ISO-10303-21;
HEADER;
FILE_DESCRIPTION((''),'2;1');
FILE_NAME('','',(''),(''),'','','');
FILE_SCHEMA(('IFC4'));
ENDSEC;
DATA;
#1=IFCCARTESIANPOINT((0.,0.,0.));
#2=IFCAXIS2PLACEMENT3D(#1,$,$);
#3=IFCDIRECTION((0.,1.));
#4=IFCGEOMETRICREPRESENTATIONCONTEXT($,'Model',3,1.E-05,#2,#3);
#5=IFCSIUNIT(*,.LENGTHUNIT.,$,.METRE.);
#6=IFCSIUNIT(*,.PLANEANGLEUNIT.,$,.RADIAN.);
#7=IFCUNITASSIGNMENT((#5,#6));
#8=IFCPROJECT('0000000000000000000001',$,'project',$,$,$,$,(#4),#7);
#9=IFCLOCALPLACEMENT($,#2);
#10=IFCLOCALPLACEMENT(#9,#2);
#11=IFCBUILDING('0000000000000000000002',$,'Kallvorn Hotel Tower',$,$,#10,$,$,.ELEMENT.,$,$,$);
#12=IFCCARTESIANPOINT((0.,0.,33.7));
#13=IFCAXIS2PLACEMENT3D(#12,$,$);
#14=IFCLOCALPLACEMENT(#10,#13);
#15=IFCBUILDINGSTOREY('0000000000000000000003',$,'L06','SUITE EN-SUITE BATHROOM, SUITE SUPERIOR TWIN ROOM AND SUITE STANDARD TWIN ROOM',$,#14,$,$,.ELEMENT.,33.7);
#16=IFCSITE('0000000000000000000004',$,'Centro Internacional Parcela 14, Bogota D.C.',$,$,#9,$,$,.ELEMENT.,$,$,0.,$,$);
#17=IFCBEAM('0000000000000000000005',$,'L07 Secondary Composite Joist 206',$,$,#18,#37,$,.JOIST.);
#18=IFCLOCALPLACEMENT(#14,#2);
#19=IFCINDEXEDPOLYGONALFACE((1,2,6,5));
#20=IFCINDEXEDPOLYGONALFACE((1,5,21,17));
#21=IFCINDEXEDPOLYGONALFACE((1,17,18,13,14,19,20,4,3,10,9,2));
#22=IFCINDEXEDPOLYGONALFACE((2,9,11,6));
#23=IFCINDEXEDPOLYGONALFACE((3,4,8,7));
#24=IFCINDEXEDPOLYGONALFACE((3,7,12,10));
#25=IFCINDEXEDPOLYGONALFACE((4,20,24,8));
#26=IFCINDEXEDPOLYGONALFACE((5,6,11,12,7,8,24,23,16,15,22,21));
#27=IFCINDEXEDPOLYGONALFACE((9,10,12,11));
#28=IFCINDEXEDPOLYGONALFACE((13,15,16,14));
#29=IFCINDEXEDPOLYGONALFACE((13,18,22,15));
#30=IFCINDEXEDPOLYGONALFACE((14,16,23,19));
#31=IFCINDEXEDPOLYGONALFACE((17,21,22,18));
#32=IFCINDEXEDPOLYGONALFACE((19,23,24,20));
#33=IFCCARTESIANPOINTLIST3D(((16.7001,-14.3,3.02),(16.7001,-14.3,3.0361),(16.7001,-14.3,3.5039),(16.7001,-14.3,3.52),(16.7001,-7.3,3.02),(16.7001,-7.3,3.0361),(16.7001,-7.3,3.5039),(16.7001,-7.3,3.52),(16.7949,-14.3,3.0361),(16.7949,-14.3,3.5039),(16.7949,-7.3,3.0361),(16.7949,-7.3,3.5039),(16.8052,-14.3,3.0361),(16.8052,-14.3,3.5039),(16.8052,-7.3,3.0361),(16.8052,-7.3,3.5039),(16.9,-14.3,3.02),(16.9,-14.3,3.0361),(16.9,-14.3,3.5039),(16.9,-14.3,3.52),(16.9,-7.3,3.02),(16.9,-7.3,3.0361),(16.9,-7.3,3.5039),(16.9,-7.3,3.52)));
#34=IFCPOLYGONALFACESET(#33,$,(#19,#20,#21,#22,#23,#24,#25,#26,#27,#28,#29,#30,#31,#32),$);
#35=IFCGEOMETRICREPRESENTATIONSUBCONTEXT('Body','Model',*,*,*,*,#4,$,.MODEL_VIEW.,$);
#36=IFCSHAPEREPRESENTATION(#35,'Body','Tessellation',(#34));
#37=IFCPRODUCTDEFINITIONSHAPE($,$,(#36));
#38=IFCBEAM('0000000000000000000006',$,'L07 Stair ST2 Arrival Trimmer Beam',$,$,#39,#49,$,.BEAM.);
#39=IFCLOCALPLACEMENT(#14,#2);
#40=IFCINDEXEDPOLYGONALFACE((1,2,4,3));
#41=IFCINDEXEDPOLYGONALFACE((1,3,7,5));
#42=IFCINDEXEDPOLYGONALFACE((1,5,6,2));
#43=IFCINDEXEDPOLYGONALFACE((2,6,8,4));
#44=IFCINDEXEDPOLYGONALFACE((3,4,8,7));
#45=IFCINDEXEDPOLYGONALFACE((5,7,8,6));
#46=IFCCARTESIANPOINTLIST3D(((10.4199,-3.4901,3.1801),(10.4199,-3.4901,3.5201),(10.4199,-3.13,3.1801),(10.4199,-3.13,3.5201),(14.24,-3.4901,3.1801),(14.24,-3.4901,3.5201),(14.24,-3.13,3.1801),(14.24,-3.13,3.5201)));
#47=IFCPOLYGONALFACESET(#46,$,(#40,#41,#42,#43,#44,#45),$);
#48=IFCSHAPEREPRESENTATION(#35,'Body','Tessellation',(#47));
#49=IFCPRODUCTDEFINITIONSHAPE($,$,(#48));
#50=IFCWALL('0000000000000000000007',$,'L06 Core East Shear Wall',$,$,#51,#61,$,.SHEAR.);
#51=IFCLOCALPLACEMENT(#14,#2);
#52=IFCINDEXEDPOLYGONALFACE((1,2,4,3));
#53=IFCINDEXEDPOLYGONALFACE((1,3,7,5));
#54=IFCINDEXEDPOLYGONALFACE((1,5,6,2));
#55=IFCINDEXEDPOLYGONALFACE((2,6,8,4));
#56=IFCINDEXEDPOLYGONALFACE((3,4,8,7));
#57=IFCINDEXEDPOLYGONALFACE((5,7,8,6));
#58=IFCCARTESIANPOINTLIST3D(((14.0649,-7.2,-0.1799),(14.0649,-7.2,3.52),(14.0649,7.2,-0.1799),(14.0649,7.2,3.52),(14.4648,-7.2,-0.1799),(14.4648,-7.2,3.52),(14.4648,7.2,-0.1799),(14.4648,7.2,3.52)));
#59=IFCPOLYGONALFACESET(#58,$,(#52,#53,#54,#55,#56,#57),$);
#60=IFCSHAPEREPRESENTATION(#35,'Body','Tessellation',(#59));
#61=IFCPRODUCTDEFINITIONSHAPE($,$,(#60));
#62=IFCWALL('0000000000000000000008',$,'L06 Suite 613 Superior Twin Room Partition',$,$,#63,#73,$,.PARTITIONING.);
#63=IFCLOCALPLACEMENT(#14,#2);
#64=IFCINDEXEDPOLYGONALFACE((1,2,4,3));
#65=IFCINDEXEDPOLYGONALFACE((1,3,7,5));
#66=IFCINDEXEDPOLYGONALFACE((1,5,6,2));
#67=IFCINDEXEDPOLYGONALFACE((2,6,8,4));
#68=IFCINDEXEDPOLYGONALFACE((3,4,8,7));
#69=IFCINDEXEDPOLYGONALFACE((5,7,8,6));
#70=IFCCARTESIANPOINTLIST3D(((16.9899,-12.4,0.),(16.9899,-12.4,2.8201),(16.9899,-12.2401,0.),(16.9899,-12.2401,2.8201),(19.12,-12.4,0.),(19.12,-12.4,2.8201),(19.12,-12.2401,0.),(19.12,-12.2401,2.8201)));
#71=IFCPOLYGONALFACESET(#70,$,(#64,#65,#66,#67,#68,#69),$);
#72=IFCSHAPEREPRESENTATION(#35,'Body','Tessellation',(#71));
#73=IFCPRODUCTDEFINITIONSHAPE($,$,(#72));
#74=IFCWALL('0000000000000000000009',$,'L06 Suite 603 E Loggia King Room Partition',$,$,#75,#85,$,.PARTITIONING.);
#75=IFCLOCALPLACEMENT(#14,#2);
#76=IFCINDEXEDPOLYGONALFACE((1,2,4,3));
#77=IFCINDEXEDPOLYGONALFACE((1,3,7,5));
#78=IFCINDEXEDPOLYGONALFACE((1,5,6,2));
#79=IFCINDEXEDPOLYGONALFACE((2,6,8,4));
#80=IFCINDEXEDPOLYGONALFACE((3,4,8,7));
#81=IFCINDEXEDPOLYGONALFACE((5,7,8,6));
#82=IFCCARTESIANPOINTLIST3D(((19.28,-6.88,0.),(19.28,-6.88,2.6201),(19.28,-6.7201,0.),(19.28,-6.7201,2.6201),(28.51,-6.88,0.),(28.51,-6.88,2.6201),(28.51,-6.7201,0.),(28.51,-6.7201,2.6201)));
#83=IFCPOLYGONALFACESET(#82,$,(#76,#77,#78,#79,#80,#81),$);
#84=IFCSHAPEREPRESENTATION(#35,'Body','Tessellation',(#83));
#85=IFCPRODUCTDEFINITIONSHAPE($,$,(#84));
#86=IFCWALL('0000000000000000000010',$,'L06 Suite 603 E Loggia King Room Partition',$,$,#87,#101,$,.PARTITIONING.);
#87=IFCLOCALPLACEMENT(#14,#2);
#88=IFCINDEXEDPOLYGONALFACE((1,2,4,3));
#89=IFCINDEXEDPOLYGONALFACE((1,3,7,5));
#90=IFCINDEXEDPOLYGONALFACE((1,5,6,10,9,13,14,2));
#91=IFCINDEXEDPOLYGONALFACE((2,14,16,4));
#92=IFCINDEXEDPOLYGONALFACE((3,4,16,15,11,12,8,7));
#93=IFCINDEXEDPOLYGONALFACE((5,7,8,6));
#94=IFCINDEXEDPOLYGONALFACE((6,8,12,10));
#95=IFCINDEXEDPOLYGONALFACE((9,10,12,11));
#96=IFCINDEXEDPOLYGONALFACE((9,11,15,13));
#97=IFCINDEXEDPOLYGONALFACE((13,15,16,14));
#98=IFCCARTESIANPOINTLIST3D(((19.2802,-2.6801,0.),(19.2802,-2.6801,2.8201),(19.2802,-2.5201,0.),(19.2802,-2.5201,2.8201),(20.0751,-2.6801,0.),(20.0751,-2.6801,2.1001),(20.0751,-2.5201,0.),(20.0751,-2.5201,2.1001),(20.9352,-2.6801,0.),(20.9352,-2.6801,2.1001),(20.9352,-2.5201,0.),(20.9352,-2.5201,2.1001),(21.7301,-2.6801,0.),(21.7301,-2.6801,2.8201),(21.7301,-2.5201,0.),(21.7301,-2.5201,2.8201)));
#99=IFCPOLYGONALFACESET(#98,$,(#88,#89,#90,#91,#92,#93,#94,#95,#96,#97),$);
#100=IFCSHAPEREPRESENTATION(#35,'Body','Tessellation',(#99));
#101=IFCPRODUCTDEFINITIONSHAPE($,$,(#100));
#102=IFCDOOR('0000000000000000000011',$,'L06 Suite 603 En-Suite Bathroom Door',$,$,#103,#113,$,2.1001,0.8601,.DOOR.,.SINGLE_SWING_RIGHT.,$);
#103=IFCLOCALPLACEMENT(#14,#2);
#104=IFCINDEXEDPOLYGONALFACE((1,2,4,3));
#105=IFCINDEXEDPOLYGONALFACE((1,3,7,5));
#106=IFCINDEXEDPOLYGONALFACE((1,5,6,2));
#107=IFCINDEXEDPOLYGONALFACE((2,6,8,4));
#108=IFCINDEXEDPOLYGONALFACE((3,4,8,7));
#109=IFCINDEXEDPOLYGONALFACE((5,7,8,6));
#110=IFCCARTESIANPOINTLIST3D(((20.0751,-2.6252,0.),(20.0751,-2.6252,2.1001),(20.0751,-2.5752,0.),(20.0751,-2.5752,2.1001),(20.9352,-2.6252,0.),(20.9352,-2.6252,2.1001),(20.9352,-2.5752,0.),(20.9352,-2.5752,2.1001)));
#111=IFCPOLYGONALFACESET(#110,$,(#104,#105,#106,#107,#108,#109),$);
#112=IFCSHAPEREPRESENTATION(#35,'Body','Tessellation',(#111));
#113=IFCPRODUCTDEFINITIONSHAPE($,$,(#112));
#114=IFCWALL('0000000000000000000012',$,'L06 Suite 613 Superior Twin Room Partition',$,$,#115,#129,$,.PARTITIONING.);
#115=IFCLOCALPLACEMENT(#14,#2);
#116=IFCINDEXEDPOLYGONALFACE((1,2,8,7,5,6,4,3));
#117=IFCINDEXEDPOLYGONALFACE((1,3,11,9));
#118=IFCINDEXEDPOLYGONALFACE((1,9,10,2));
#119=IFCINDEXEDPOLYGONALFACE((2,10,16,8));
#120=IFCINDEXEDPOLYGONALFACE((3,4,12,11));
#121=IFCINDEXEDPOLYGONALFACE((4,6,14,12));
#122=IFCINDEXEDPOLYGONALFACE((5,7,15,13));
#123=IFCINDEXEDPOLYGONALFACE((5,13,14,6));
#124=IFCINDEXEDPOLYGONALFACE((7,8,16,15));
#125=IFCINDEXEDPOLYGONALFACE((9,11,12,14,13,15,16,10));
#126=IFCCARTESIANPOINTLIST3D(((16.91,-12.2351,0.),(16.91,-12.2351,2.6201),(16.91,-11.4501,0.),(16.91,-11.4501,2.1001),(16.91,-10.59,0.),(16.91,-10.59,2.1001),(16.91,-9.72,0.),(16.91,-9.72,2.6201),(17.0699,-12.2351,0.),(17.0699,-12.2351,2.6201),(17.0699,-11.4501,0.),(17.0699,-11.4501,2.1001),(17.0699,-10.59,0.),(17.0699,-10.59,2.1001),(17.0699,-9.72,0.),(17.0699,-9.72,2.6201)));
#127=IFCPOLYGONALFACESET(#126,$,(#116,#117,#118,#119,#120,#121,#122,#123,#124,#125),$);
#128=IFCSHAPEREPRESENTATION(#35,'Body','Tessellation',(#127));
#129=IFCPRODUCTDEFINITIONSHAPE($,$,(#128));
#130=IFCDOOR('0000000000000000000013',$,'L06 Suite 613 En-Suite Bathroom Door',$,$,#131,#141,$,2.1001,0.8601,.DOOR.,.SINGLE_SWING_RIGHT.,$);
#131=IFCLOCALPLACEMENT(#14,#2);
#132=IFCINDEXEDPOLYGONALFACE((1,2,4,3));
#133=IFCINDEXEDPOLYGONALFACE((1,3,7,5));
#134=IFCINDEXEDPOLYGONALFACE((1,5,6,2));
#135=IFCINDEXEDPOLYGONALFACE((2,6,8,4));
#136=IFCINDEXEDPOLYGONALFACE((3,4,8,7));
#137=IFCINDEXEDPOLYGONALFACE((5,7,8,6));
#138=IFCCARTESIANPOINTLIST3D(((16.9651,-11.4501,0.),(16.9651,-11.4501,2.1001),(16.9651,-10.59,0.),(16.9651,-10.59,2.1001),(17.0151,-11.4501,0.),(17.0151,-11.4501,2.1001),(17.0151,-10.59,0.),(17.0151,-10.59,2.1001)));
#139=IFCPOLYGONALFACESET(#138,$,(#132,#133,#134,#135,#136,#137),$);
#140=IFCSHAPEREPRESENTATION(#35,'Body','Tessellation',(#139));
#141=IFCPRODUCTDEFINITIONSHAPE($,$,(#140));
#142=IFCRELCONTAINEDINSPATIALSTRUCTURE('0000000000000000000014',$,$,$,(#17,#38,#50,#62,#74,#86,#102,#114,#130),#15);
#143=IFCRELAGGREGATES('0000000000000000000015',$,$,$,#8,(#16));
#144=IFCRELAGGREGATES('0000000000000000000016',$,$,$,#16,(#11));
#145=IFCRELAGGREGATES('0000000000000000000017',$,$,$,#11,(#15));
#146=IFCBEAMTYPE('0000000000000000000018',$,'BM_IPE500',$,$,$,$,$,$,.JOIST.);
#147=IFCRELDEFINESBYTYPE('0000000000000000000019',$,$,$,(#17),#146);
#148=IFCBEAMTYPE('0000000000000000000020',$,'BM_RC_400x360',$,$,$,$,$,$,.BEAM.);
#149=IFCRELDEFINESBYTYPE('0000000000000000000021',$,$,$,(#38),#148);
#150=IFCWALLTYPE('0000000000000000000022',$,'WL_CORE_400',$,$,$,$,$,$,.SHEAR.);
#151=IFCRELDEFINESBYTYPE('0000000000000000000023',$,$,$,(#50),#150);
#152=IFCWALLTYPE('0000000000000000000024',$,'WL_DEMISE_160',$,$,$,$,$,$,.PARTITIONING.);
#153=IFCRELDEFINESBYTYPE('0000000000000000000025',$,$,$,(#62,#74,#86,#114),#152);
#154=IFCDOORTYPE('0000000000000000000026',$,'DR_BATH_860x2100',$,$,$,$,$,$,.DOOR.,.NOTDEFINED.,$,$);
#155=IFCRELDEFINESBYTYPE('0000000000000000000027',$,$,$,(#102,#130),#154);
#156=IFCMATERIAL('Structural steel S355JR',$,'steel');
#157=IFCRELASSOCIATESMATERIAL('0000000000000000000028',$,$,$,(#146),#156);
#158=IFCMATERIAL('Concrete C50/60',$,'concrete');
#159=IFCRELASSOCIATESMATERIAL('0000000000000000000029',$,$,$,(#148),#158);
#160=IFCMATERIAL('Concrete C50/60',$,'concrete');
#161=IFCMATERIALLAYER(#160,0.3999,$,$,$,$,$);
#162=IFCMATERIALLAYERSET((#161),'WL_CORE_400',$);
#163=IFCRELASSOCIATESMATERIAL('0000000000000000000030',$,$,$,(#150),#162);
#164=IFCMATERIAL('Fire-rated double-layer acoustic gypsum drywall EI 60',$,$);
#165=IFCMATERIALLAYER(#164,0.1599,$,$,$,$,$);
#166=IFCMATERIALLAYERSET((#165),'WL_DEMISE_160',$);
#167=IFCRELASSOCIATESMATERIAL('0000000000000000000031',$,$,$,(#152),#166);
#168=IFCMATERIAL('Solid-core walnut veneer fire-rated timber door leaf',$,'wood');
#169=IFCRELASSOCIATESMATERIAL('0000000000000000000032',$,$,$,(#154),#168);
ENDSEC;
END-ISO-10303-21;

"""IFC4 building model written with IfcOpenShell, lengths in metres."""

from ifc_helpers import new_model, si_unit, direction, frame, frame_2d, origin, origin_2d, place, context, subcontext, project, spatial, rectangle, i_section, extrude, material, layer, layer_set, material_profile, profile_set, type_object, element, fill, save


model = new_model("IFC4")

# Units and contexts
model_context = context("Model", 3, precision=1e-05, world=origin(), true_north=direction((0.0, 1.0)))
body_context = subcontext(model_context, "Body", "Model", "MODEL_VIEW")
ifc_project = project(units=[si_unit("LENGTHUNIT", "METRE"), si_unit("PLANEANGLEUNIT", "RADIAN")], contexts=[model_context])

# Site, building, storey
site_placement = place(None, origin())
site = spatial("IfcSite", under=ifc_project, at=site_placement, Name="Centro Internacional Parcela 14, Bogota D.C.", CompositionType="ELEMENT", RefElevation=0.0)
building_placement = place(site_placement, origin())
building = spatial("IfcBuilding", under=site, at=building_placement, Name="Kallvorn Hotel Tower", CompositionType="ELEMENT")
storey_placement = place(building_placement, frame((0.0, 0.0, 33.7)))
storey = spatial("IfcBuildingStorey", under=building, at=storey_placement, Name="L06", Description="SUITE EN-SUITE BATHROOM, SUITE SUPERIOR TWIN ROOM AND SUITE STANDARD TWIN ROOM", CompositionType="ELEMENT", Elevation=33.7)

# Beams
ifc_material_1 = material(Name="Structural steel S355JR", Category="steel")
ifc_material_profile_1 = material_profile(ifc_material_1, i_section(OverallWidth=0.2, OverallDepth=0.5, WebThickness=0.0103, FlangeThickness=0.0161, at=origin_2d()), Name="IPE 500")
ifc_profile_set_1 = profile_set([ifc_material_profile_1], Name="Structural steel S355JR")
beam_type_1 = type_object("IfcBeamType", Name="BM_IPE500", PredefinedType="JOIST", material=ifc_profile_set_1)
beam_1_placement = place(storey_placement, frame((16.8, -14.3, 3.27), z_axis=(0.0, 1.0, 0.0), x_axis=(-1.0, 0.0, 0.0)))
element("IfcBeam", 1, at=beam_1_placement, inside=storey, type_object=beam_type_1, Name="L07 Secondary Composite Joist 206", PredefinedType="JOIST", context=body_context, shape_type="SweptSolid", body=[
    extrude(i_section(OverallWidth=0.2, OverallDepth=0.5, WebThickness=0.0103, FlangeThickness=0.0161, at=origin_2d()), origin(), (0.0, 0.0, 1.0), 7.0),
])
ifc_material_2 = material(Name="Concrete C50/60", Category="concrete")
ifc_material_profile_2 = material_profile(ifc_material_2, rectangle(XDim=0.3601, YDim=0.3401, at=origin_2d()), Name="RC 360x340")
ifc_profile_set_2 = profile_set([ifc_material_profile_2], Name="Concrete C50/60")
beam_type_2 = type_object("IfcBeamType", Name="BM_RC_400x360", PredefinedType="BEAM", material=ifc_profile_set_2)
beam_2_placement = place(storey_placement, frame((14.24, -3.3101, 3.3501), z_axis=(-1.0, 0.0, 0.0), x_axis=(0.0, -1.0, 0.0)))
element("IfcBeam", 2, at=beam_2_placement, inside=storey, type_object=beam_type_2, Name="L07 Stair ST2 Arrival Trimmer Beam", PredefinedType="BEAM", context=body_context, shape_type="SweptSolid", body=[
    extrude(rectangle(XDim=0.3601, YDim=0.3401, at=origin_2d()), origin(), (0.0, 0.0, 1.0), 3.8201),
])

# Walls
ifc_material_3 = material(Name="Concrete C50/60", Category="concrete")
ifc_layer_1 = layer(ifc_material_3, 0.3999)
ifc_layer_set_1 = layer_set([ifc_layer_1], Name="WL_CORE_400")
wall_type_1 = type_object("IfcWallType", Name="WL_CORE_400", PredefinedType="SHEAR", material=ifc_layer_set_1)
wall_1_placement = place(storey_placement, frame((14.2649, -7.2, -0.1799), z_axis=(0.0, 0.0, 1.0), x_axis=(0.0, 1.0, 0.0)))
element("IfcWall", 3, at=wall_1_placement, inside=storey, type_object=wall_type_1, Name="L06 Core East Shear Wall", PredefinedType="SHEAR", context=body_context, shape_type="SweptSolid", body=[
    extrude(rectangle(XDim=14.3999, YDim=0.3999, at=frame_2d((7.2, 0.0))), origin(), (0.0, 0.0, 1.0), 3.7),
])
ifc_material_4 = material(Name="Fire-rated double-layer acoustic gypsum drywall EI 60")
ifc_layer_2 = layer(ifc_material_4, 0.1599)
ifc_layer_set_2 = layer_set([ifc_layer_2], Name="WL_DEMISE_160")
wall_type_2 = type_object("IfcWallType", Name="WL_DEMISE_160", PredefinedType="PARTITIONING", material=ifc_layer_set_2)
wall_2_placement = place(storey_placement, frame((16.99, -12.3201, 0.0), z_axis=(0.0, 0.0, 1.0), x_axis=(1.0, 0.0, 0.0)))
element("IfcWall", 4, at=wall_2_placement, inside=storey, type_object=wall_type_2, Name="L06 Suite 613 Superior Twin Room Partition", PredefinedType="PARTITIONING", context=body_context, shape_type="SweptSolid", body=[
    extrude(rectangle(XDim=2.1301, YDim=0.1599, at=frame_2d((1.0649, 0.0))), origin(), (0.0, 0.0, 1.0), 2.8201),
])
wall_3_placement = place(storey_placement, frame((19.28, -6.8, 0.0), z_axis=(0.0, 0.0, 1.0), x_axis=(1.0, 0.0, 0.0)))
element("IfcWall", 5, at=wall_3_placement, inside=storey, type_object=wall_type_2, Name="L06 Suite 603 E Loggia King Room Partition", PredefinedType="PARTITIONING", context=body_context, shape_type="SweptSolid", body=[
    extrude(rectangle(XDim=9.23, YDim=0.1599, at=frame_2d((4.615, 0.0))), origin(), (0.0, 0.0, 1.0), 2.6201),
])

# Walls, openings, doors
wall_4_placement = place(storey_placement, frame((19.28, -2.6001, 0.0), z_axis=(0.0, 0.0, 1.0), x_axis=(1.0, 0.0, 0.0)))
wall_4 = element("IfcWall", 6, at=wall_4_placement, inside=storey, type_object=wall_type_2, Name="L06 Suite 603 E Loggia King Room Partition", PredefinedType="PARTITIONING", context=body_context, shape_type="SweptSolid", body=[
    extrude(rectangle(XDim=2.45, YDim=0.1599, at=frame_2d((1.2251, 0.0))), origin(), (0.0, 0.0, 1.0), 2.8201),
])
opening_1_placement = place(wall_4_placement, frame((0.7949, 0.0, 0.0)))
opening_1 = element("IfcOpeningElement", 7, at=opening_1_placement, cuts=wall_4, PredefinedType="OPENING", context=body_context, shape_type="SweptSolid", body=[
    extrude(rectangle(XDim=0.8601, YDim=2.1001, at=frame_2d((0.4302, 1.05))), frame((0.0, 0.095, 0.0), z_axis=(0.0, -1.0, 0.0), x_axis=(1.0, 0.0, 0.0)), (0.0, 0.0, 1.0), 0.1899),
])
ifc_material_5 = material(Name="Solid-core walnut veneer fire-rated timber door leaf", Category="wood")
door_type_1 = type_object("IfcDoorType", Name="DR_BATH_860x2100", OperationType="NOTDEFINED", PredefinedType="DOOR", material=ifc_material_5)
door_1_placement = place(opening_1_placement, origin())
door_1 = element("IfcDoor", 8, at=door_1_placement, inside=storey, type_object=door_type_1, Name="L06 Suite 603 En-Suite Bathroom Door", OperationType="SINGLE_SWING_RIGHT", OverallHeight=2.1001, OverallWidth=0.8601, PredefinedType="DOOR", context=body_context, shape_type="SweptSolid", body=[
    extrude(rectangle(XDim=0.8601, YDim=2.1001, at=frame_2d((0.4302, 1.05))), frame((0.0, 0.0249, 0.0), z_axis=(0.0, -1.0, 0.0), x_axis=(1.0, 0.0, 0.0)), (0.0, 0.0, 1.0), 0.05),
])
fill(opening_1, door_1)
wall_5_placement = place(storey_placement, frame((16.99, -12.2351, 0.0), z_axis=(0.0, 0.0, 1.0), x_axis=(0.0, 1.0, 0.0)))
wall_5 = element("IfcWall", 9, at=wall_5_placement, inside=storey, type_object=wall_type_2, Name="L06 Suite 613 Superior Twin Room Partition", PredefinedType="PARTITIONING", context=body_context, shape_type="SweptSolid", body=[
    extrude(rectangle(XDim=2.5151, YDim=0.1599, at=frame_2d((1.2576, 0.0))), origin(), (0.0, 0.0, 1.0), 2.6201),
])
opening_2_placement = place(wall_5_placement, frame((0.7849, 0.0, 0.0)))
opening_2 = element("IfcOpeningElement", 10, at=opening_2_placement, cuts=wall_5, PredefinedType="OPENING", context=body_context, shape_type="SweptSolid", body=[
    extrude(rectangle(XDim=0.8601, YDim=2.1001, at=frame_2d((0.4302, 1.05))), frame((0.0, 0.095, 0.0), z_axis=(0.0, -1.0, 0.0), x_axis=(1.0, 0.0, 0.0)), (0.0, 0.0, 1.0), 0.1899),
])
door_2_placement = place(opening_2_placement, origin())
door_2 = element("IfcDoor", 11, at=door_2_placement, inside=storey, type_object=door_type_1, Name="L06 Suite 613 En-Suite Bathroom Door", OperationType="SINGLE_SWING_RIGHT", OverallHeight=2.1001, OverallWidth=0.8601, PredefinedType="DOOR", context=body_context, shape_type="SweptSolid", body=[
    extrude(rectangle(XDim=0.8601, YDim=2.1001, at=frame_2d((0.4302, 1.05))), frame((0.0, 0.0249, 0.0), z_axis=(0.0, -1.0, 0.0), x_axis=(1.0, 0.0, 0.0)), (0.0, 0.0, 1.0), 0.05),
])
fill(opening_2, door_2)

save(model, "model.ifc")
